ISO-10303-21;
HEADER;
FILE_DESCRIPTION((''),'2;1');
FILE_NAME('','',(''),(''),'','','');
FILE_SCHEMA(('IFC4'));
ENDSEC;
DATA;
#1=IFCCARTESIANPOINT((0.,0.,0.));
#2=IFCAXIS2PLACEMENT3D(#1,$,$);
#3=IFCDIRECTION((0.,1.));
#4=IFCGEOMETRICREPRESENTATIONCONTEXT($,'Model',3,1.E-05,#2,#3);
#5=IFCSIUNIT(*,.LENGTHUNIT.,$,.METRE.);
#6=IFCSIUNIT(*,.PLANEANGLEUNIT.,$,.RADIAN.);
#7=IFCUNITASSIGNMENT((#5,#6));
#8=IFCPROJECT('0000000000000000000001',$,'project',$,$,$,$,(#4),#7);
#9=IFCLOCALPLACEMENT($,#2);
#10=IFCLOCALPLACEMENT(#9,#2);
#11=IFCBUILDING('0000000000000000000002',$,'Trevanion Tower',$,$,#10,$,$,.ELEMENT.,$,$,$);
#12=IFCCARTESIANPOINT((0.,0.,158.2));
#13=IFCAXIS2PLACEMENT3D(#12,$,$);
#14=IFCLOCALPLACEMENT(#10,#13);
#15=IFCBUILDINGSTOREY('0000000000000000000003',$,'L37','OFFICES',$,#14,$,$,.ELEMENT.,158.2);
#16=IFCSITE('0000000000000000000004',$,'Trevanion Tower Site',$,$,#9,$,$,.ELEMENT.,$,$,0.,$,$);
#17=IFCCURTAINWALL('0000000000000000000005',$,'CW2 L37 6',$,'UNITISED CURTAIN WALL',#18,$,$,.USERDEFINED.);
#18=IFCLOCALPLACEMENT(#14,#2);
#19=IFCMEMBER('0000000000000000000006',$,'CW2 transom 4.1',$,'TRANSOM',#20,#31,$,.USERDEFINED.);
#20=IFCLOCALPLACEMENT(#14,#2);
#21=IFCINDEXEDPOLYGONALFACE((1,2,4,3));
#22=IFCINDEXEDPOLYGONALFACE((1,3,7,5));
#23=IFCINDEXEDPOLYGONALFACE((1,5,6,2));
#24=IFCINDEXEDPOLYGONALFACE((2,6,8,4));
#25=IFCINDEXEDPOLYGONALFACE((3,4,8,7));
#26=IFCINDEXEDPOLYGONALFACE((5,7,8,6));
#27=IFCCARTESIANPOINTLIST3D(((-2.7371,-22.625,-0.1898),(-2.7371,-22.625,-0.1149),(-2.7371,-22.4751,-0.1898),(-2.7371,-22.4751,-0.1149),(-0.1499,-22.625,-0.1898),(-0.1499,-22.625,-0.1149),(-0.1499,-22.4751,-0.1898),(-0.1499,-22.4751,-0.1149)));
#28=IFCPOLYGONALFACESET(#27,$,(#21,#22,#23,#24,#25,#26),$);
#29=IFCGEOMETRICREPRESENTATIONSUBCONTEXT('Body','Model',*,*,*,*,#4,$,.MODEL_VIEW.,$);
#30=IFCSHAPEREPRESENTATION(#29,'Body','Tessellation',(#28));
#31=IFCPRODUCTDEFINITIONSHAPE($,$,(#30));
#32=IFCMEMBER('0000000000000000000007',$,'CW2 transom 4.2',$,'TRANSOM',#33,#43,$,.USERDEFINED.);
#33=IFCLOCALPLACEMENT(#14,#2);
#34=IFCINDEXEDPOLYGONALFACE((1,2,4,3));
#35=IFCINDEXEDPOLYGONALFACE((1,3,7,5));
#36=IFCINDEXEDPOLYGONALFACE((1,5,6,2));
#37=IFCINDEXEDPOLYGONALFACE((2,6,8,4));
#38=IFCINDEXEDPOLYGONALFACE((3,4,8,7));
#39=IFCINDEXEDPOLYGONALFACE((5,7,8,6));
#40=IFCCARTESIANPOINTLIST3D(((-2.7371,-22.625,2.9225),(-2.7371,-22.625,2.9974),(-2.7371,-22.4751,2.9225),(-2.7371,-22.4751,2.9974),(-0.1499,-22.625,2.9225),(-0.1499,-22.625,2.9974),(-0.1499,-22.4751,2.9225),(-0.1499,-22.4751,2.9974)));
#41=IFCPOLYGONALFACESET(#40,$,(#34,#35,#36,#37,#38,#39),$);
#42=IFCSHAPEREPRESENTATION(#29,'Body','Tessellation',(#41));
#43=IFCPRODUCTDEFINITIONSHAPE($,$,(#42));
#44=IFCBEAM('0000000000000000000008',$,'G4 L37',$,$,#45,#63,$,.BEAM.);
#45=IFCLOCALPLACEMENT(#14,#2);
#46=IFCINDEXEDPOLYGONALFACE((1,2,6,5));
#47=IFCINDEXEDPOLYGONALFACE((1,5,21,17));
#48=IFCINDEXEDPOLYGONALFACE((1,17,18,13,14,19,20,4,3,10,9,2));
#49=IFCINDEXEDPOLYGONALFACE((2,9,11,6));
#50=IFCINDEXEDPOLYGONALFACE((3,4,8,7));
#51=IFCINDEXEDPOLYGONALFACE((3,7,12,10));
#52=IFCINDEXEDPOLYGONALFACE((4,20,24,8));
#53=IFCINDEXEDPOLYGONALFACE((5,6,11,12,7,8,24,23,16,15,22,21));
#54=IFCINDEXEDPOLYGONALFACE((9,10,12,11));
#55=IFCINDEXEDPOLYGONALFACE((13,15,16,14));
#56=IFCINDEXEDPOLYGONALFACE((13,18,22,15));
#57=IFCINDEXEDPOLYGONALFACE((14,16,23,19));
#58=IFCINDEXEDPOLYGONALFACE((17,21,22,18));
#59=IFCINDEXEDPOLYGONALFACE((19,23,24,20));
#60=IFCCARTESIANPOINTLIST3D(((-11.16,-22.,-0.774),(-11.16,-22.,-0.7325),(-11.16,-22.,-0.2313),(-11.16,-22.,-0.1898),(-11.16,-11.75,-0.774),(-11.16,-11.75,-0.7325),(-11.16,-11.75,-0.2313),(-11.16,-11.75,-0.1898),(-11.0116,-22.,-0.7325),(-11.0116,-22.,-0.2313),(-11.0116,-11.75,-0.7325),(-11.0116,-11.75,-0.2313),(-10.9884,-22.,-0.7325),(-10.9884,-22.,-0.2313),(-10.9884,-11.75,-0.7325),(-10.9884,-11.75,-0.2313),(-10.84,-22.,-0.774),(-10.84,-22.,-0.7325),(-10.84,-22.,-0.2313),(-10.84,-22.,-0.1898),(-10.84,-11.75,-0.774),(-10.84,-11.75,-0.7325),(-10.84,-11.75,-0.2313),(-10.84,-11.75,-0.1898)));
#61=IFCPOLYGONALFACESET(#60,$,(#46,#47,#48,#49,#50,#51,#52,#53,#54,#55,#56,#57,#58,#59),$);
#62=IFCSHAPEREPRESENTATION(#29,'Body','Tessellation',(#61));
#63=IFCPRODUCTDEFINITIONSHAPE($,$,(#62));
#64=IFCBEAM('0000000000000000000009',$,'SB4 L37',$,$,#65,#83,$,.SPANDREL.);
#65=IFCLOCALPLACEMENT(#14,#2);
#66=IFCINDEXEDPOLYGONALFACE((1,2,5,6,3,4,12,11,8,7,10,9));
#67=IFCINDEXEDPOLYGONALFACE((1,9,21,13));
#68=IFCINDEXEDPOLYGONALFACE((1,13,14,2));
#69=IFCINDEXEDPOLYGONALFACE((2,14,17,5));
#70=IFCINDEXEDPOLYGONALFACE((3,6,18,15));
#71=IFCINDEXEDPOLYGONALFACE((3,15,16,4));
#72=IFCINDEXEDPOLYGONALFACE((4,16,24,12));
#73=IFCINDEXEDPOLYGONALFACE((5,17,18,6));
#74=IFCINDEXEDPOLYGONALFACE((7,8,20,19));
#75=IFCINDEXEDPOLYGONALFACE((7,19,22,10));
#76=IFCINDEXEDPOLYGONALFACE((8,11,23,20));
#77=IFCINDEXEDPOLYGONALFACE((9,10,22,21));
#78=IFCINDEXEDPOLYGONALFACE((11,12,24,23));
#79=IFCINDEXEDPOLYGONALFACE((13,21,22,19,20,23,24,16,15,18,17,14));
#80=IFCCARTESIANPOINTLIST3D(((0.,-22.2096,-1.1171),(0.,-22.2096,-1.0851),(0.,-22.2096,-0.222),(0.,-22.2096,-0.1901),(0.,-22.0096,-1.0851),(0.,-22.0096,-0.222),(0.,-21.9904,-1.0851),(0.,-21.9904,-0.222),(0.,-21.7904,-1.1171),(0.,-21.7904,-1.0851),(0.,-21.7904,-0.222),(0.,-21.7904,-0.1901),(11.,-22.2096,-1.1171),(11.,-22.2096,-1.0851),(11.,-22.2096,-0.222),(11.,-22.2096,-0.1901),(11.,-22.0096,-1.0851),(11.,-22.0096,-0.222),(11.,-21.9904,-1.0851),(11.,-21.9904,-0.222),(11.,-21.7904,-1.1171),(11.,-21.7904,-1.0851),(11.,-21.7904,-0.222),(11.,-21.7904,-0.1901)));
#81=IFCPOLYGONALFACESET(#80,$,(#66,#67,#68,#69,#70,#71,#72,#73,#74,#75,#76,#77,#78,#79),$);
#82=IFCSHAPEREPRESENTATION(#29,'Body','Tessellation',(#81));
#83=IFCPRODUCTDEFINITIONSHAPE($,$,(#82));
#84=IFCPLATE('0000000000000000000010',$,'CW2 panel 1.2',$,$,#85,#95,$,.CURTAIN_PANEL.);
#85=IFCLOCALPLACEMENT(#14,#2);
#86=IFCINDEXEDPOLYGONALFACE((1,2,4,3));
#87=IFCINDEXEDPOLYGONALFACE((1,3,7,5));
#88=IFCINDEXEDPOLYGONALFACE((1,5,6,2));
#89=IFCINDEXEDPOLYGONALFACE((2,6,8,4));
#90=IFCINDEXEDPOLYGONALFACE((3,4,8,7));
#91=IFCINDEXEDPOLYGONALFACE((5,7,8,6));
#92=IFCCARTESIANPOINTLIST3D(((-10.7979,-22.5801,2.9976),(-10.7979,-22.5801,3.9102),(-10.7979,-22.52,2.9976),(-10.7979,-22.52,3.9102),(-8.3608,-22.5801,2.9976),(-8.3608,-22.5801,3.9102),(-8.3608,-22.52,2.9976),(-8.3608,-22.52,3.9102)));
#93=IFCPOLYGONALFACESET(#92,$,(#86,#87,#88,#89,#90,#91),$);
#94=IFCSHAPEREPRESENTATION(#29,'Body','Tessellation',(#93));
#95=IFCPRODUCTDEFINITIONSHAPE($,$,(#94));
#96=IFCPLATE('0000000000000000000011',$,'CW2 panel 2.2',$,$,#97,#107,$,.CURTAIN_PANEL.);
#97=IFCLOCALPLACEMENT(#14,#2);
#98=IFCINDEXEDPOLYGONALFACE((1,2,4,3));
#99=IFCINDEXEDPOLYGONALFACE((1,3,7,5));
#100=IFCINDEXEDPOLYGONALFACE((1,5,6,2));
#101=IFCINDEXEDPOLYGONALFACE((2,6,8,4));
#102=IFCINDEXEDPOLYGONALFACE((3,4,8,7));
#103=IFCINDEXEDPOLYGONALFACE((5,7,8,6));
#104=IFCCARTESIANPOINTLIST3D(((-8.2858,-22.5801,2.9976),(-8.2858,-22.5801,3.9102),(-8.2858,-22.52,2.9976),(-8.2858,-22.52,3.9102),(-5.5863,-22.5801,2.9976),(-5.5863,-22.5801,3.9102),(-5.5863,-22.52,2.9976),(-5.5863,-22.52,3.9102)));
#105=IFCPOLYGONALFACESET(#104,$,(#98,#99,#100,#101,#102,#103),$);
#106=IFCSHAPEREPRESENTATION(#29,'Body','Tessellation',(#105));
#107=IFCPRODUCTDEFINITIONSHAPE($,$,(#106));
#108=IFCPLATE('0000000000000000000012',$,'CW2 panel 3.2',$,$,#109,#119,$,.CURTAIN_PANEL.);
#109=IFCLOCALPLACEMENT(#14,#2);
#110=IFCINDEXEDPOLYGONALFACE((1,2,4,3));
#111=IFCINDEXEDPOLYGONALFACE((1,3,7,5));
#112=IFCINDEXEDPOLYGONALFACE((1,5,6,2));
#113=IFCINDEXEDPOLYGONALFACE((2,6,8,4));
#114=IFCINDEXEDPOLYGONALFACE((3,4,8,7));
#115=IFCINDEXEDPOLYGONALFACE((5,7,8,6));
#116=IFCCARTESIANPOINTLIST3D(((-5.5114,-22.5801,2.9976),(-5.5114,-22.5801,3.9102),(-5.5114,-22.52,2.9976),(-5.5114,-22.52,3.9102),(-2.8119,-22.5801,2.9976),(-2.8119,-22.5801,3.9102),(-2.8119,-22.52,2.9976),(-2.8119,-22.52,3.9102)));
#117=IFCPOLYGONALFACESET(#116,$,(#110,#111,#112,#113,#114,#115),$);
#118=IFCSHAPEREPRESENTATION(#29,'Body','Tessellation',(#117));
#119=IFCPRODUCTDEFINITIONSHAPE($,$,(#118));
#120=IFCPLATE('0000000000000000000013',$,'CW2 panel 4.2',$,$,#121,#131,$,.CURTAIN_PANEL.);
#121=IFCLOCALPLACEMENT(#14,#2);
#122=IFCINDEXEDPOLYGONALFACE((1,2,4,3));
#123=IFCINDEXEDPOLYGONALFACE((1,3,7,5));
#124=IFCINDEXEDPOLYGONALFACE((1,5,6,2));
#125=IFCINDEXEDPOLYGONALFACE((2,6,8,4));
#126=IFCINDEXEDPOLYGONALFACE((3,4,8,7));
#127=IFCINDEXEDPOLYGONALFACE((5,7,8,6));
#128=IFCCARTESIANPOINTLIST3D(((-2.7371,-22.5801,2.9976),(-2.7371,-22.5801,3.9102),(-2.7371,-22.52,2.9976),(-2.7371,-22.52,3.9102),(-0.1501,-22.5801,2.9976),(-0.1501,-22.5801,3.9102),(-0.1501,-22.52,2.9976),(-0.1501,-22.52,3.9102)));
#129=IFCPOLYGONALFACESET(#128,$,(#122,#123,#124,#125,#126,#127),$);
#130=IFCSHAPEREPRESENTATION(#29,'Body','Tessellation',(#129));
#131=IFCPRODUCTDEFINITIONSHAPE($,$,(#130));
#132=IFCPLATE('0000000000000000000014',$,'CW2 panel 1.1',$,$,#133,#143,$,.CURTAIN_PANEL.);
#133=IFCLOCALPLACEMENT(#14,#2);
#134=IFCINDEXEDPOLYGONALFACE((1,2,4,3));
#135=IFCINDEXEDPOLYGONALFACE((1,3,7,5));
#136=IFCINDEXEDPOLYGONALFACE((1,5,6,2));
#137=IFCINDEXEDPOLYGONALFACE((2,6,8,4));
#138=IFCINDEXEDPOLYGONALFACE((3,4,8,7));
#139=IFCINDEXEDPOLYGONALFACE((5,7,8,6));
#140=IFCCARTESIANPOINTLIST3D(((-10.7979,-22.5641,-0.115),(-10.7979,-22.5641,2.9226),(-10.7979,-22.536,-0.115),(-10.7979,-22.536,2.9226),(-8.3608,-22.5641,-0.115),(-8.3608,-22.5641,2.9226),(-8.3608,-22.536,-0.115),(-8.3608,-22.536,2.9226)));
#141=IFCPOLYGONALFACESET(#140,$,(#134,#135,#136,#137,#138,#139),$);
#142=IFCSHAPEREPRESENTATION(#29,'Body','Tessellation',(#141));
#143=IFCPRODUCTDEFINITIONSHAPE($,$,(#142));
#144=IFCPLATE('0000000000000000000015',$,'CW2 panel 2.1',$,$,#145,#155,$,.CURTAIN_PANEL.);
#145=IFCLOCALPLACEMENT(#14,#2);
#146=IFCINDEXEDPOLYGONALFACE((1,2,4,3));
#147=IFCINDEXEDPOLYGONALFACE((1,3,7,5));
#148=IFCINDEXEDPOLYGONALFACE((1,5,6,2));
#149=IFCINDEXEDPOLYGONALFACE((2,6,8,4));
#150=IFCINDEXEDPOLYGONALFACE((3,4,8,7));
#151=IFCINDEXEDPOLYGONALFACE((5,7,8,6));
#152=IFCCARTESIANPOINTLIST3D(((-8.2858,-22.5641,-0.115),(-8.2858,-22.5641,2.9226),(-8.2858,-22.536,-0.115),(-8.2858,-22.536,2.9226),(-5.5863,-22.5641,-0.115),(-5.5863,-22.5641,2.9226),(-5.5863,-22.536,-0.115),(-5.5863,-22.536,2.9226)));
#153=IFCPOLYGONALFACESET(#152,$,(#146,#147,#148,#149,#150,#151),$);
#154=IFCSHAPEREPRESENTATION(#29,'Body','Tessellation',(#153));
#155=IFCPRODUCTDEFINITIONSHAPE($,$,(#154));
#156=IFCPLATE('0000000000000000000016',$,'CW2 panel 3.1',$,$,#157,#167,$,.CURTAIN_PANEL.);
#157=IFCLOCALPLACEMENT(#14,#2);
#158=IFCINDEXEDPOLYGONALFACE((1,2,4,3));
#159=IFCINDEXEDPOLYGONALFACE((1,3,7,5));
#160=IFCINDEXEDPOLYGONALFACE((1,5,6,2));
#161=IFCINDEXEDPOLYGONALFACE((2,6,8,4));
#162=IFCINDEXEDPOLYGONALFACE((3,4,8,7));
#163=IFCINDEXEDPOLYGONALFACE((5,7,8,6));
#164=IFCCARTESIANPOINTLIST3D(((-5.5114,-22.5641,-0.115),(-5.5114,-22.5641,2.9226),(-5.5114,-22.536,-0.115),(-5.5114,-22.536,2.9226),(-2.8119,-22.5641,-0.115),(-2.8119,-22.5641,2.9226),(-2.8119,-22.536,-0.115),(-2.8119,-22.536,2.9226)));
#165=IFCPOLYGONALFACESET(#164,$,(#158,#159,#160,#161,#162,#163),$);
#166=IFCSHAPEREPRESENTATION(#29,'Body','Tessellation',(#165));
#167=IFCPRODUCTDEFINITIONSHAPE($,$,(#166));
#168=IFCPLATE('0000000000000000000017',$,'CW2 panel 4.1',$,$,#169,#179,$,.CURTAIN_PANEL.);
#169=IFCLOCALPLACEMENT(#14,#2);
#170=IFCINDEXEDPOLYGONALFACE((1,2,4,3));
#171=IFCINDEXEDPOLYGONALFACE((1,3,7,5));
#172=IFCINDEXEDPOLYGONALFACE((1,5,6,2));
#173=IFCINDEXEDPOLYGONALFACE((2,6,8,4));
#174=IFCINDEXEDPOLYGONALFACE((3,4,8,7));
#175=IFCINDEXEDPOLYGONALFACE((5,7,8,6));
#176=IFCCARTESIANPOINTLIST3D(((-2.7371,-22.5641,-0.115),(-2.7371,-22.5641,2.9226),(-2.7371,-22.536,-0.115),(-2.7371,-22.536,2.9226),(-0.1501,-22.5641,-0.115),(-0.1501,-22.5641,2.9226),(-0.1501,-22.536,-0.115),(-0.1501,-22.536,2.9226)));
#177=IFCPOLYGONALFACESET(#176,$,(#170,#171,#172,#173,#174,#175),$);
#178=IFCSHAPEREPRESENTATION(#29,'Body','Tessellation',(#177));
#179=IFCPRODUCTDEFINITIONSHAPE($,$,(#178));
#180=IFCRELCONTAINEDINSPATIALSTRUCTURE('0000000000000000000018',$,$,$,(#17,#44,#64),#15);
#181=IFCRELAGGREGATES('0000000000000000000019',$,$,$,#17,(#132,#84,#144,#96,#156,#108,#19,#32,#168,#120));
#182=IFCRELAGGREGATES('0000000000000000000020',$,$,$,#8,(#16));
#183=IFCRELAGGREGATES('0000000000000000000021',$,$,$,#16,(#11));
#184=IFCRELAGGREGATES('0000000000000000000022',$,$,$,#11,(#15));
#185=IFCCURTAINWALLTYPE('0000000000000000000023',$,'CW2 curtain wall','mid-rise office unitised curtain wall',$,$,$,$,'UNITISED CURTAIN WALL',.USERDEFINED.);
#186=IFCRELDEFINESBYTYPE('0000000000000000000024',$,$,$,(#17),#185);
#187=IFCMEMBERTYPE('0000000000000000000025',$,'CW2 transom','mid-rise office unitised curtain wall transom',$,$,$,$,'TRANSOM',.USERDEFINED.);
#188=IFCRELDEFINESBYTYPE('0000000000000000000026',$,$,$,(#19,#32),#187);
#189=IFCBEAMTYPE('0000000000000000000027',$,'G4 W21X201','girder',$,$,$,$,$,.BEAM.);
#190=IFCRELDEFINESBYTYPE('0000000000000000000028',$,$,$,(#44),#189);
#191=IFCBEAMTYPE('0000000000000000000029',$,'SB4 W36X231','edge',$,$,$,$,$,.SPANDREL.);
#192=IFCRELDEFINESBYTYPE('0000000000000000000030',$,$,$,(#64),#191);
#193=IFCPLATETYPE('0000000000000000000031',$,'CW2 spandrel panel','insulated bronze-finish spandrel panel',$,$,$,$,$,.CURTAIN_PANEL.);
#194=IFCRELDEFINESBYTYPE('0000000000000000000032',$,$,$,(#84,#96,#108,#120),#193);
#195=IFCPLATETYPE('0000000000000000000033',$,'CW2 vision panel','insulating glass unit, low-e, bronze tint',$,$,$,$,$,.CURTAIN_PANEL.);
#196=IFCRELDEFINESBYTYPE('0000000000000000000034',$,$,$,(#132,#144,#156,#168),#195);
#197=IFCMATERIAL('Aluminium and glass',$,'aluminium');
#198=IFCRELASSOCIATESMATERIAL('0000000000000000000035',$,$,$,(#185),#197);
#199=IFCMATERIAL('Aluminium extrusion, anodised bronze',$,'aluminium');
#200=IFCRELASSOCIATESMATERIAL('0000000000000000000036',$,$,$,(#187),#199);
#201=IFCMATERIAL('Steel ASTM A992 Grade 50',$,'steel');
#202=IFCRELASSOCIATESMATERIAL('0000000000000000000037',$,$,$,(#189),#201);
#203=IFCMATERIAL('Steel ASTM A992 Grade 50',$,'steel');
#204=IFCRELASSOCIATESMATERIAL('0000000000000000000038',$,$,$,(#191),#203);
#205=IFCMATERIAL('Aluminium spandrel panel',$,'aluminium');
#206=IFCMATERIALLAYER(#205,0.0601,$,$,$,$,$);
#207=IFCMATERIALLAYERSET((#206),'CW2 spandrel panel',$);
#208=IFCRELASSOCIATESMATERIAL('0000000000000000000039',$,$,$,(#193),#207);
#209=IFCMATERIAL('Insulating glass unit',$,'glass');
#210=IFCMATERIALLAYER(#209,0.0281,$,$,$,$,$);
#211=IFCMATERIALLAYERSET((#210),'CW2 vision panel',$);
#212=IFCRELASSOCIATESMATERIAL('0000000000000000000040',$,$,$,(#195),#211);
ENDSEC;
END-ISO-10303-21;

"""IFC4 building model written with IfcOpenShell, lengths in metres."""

from ifc_helpers import new_model, si_unit, direction, frame, origin, origin_2d, place, context, subcontext, project, spatial, rectangle, i_section, extrude, material, layer, layer_set, material_profile, profile_set, type_object, element, aggregate, save


model = new_model("IFC4")

# Units and contexts
model_context = context("Model", 3, precision=1e-05, world=origin(), true_north=direction((0.0, 1.0)))
body_context = subcontext(model_context, "Body", "Model", "MODEL_VIEW")
ifc_project = project(units=[si_unit("LENGTHUNIT", "METRE"), si_unit("PLANEANGLEUNIT", "RADIAN")], contexts=[model_context])

# Site, building, storey
site_placement = place(None, origin())
site = spatial("IfcSite", under=ifc_project, at=site_placement, Name="Trevanion Tower Site", CompositionType="ELEMENT", RefElevation=0.0)
building_placement = place(site_placement, origin())
building = spatial("IfcBuilding", under=site, at=building_placement, Name="Trevanion Tower", CompositionType="ELEMENT")
storey_placement = place(building_placement, frame((0.0, 0.0, 158.2)))
storey = spatial("IfcBuildingStorey", under=building, at=storey_placement, Name="L37", Description="OFFICES", CompositionType="ELEMENT", Elevation=158.2)

# Curtain wall, members
ifc_material_1 = material(Name="Aluminium and glass", Category="aluminium")
curtain_wall_type = type_object("IfcCurtainWallType", Name="CW2 curtain wall", Description="mid-rise office unitised curtain wall", ElementType="UNITISED CURTAIN WALL", PredefinedType="USERDEFINED", material=ifc_material_1)
curtain_wall_placement = place(storey_placement, origin())
curtain_wall = element("IfcCurtainWall", 1, at=curtain_wall_placement, inside=storey, type_object=curtain_wall_type, Name="CW2 L37 6", ObjectType="UNITISED CURTAIN WALL", PredefinedType="USERDEFINED")
ifc_material_2 = material(Name="Aluminium extrusion, anodised bronze", Category="aluminium")
ifc_material_profile_1 = material_profile(ifc_material_2, rectangle(XDim=0.1499, YDim=0.075, at=origin_2d()), Name="CW2 transom")
ifc_profile_set_1 = profile_set([ifc_material_profile_1], Name="Aluminium extrusion, anodised bronze")
member_type_1 = type_object("IfcMemberType", Name="CW2 transom", Description="mid-rise office unitised curtain wall transom", ElementType="TRANSOM", PredefinedType="USERDEFINED", material=ifc_profile_set_1)
member_1_placement = place(storey_placement, frame((-2.7371, -22.55, -0.1523), z_axis=(1.0, 0.0, 0.0), x_axis=(0.0, 1.0, 0.0)))
member_1 = element("IfcMember", 2, at=member_1_placement, type_object=member_type_1, Name="CW2 transom 4.1", ObjectType="TRANSOM", PredefinedType="USERDEFINED", context=body_context, shape_type="SweptSolid", body=[
    extrude(rectangle(XDim=0.1499, YDim=0.075, at=origin_2d()), origin(), (0.0, 0.0, 1.0), 2.5872),
])
member_2_placement = place(storey_placement, frame((-2.7371, -22.55, 2.96), z_axis=(1.0, 0.0, 0.0), x_axis=(0.0, 1.0, 0.0)))
member_2 = element("IfcMember", 3, at=member_2_placement, type_object=member_type_1, Name="CW2 transom 4.2", ObjectType="TRANSOM", PredefinedType="USERDEFINED", context=body_context, shape_type="SweptSolid", body=[
    extrude(rectangle(XDim=0.1499, YDim=0.075, at=origin_2d()), origin(), (0.0, 0.0, 1.0), 2.5872),
])

# Beams
ifc_material_3 = material(Name="Steel ASTM A992 Grade 50", Category="steel")
ifc_material_profile_2 = material_profile(ifc_material_3, i_section(OverallWidth=0.3201, OverallDepth=0.5842, WebThickness=0.0232, FlangeThickness=0.0415, at=origin_2d()), Name="W21X201")
ifc_profile_set_2 = profile_set([ifc_material_profile_2], Name="Steel ASTM A992 Grade 50")
beam_type_1 = type_object("IfcBeamType", Name="G4 W21X201", Description="girder", PredefinedType="BEAM", material=ifc_profile_set_2)
beam_1_placement = place(storey_placement, frame((-11.0, -11.75, -0.4819), z_axis=(0.0, -1.0, 0.0), x_axis=(1.0, 0.0, 0.0)))
element("IfcBeam", 4, at=beam_1_placement, inside=storey, type_object=beam_type_1, Name="G4 L37", PredefinedType="BEAM", context=body_context, shape_type="SweptSolid", body=[
    extrude(i_section(OverallWidth=0.3201, OverallDepth=0.5842, WebThickness=0.0232, FlangeThickness=0.0415, at=origin_2d()), origin(), (0.0, 0.0, 1.0), 10.25),
])
ifc_material_4 = material(Name="Steel ASTM A992 Grade 50", Category="steel")
ifc_material_profile_3 = material_profile(ifc_material_4, i_section(OverallWidth=0.4192, OverallDepth=0.927, WebThickness=0.0193, FlangeThickness=0.032, at=origin_2d()), Name="W36X231")
ifc_profile_set_3 = profile_set([ifc_material_profile_3], Name="Steel ASTM A992 Grade 50")
beam_type_2 = type_object("IfcBeamType", Name="SB4 W36X231", Description="edge", PredefinedType="SPANDREL", material=ifc_profile_set_3)
beam_2_placement = place(storey_placement, frame((0.0, -22.0, -0.6536), z_axis=(1.0, 0.0, 0.0), x_axis=(0.0, 1.0, 0.0)))
element("IfcBeam", 5, at=beam_2_placement, inside=storey, type_object=beam_type_2, Name="SB4 L37", PredefinedType="SPANDREL", context=body_context, shape_type="SweptSolid", body=[
    extrude(i_section(OverallWidth=0.4192, OverallDepth=0.927, WebThickness=0.0193, FlangeThickness=0.032, at=origin_2d()), origin(), (0.0, 0.0, 1.0), 11.0),
])

# Plates
ifc_material_5 = material(Name="Aluminium spandrel panel", Category="aluminium")
ifc_layer_1 = layer(ifc_material_5, 0.0601)
ifc_layer_set_1 = layer_set([ifc_layer_1], Name="CW2 spandrel panel")
plate_type_1 = type_object("IfcPlateType", Name="CW2 spandrel panel", Description="insulated bronze-finish spandrel panel", PredefinedType="CURTAIN_PANEL", material=ifc_layer_set_1)
plate_1_placement = place(storey_placement, frame((-9.5793, -22.55, 2.9976), z_axis=(0.0, 0.0, 1.0), x_axis=(1.0, 0.0, 0.0)))
plate_1 = element("IfcPlate", 6, at=plate_1_placement, type_object=plate_type_1, Name="CW2 panel 1.2", PredefinedType="CURTAIN_PANEL", context=body_context, shape_type="SweptSolid", body=[
    extrude(rectangle(XDim=2.437, YDim=0.0601, at=origin_2d()), origin(), (0.0, 0.0, 1.0), 0.9126),
])
plate_2_placement = place(storey_placement, frame((-6.936, -22.55, 2.9976), z_axis=(0.0, 0.0, 1.0), x_axis=(1.0, 0.0, 0.0)))
plate_2 = element("IfcPlate", 7, at=plate_2_placement, type_object=plate_type_1, Name="CW2 panel 2.2", PredefinedType="CURTAIN_PANEL", context=body_context, shape_type="SweptSolid", body=[
    extrude(rectangle(XDim=2.6995, YDim=0.0601, at=origin_2d()), origin(), (0.0, 0.0, 1.0), 0.9126),
])
plate_3_placement = place(storey_placement, frame((-4.1616, -22.55, 2.9976), z_axis=(0.0, 0.0, 1.0), x_axis=(1.0, 0.0, 0.0)))
plate_3 = element("IfcPlate", 8, at=plate_3_placement, type_object=plate_type_1, Name="CW2 panel 3.2", PredefinedType="CURTAIN_PANEL", context=body_context, shape_type="SweptSolid", body=[
    extrude(rectangle(XDim=2.6995, YDim=0.0601, at=origin_2d()), origin(), (0.0, 0.0, 1.0), 0.9126),
])
plate_4_placement = place(storey_placement, frame((-1.4436, -22.55, 2.9976), z_axis=(0.0, 0.0, 1.0), x_axis=(1.0, 0.0, 0.0)))
plate_4 = element("IfcPlate", 9, at=plate_4_placement, type_object=plate_type_1, Name="CW2 panel 4.2", PredefinedType="CURTAIN_PANEL", context=body_context, shape_type="SweptSolid", body=[
    extrude(rectangle(XDim=2.5869, YDim=0.0601, at=origin_2d()), origin(), (0.0, 0.0, 1.0), 0.9126),
])
ifc_material_6 = material(Name="Insulating glass unit", Category="glass")
ifc_layer_2 = layer(ifc_material_6, 0.0281)
ifc_layer_set_2 = layer_set([ifc_layer_2], Name="CW2 vision panel")
plate_type_2 = type_object("IfcPlateType", Name="CW2 vision panel", Description="insulating glass unit, low-e, bronze tint", PredefinedType="CURTAIN_PANEL", material=ifc_layer_set_2)
plate_5_placement = place(storey_placement, frame((-9.5793, -22.55, -0.115), z_axis=(0.0, 0.0, 1.0), x_axis=(1.0, 0.0, 0.0)))
plate_5 = element("IfcPlate", 10, at=plate_5_placement, type_object=plate_type_2, Name="CW2 panel 1.1", PredefinedType="CURTAIN_PANEL", context=body_context, shape_type="SweptSolid", body=[
    extrude(rectangle(XDim=2.437, YDim=0.0281, at=origin_2d()), origin(), (0.0, 0.0, 1.0), 3.0376),
])
plate_6_placement = place(storey_placement, frame((-6.936, -22.55, -0.115), z_axis=(0.0, 0.0, 1.0), x_axis=(1.0, 0.0, 0.0)))
plate_6 = element("IfcPlate", 11, at=plate_6_placement, type_object=plate_type_2, Name="CW2 panel 2.1", PredefinedType="CURTAIN_PANEL", context=body_context, shape_type="SweptSolid", body=[
    extrude(rectangle(XDim=2.6995, YDim=0.0281, at=origin_2d()), origin(), (0.0, 0.0, 1.0), 3.0376),
])
plate_7_placement = place(storey_placement, frame((-4.1616, -22.55, -0.115), z_axis=(0.0, 0.0, 1.0), x_axis=(1.0, 0.0, 0.0)))
plate_7 = element("IfcPlate", 12, at=plate_7_placement, type_object=plate_type_2, Name="CW2 panel 3.1", PredefinedType="CURTAIN_PANEL", context=body_context, shape_type="SweptSolid", body=[
    extrude(rectangle(XDim=2.6995, YDim=0.0281, at=origin_2d()), origin(), (0.0, 0.0, 1.0), 3.0376),
])
plate_8_placement = place(storey_placement, frame((-1.4436, -22.55, -0.115), z_axis=(0.0, 0.0, 1.0), x_axis=(1.0, 0.0, 0.0)))
plate_8 = element("IfcPlate", 13, at=plate_8_placement, type_object=plate_type_2, Name="CW2 panel 4.1", PredefinedType="CURTAIN_PANEL", context=body_context, shape_type="SweptSolid", body=[
    extrude(rectangle(XDim=2.5869, YDim=0.0281, at=origin_2d()), origin(), (0.0, 0.0, 1.0), 3.0376),
])
aggregate(curtain_wall, [plate_5, plate_1, plate_6, plate_2, plate_7, plate_3, member_1, member_2, plate_8, plate_4])

save(model, "model.ifc")
